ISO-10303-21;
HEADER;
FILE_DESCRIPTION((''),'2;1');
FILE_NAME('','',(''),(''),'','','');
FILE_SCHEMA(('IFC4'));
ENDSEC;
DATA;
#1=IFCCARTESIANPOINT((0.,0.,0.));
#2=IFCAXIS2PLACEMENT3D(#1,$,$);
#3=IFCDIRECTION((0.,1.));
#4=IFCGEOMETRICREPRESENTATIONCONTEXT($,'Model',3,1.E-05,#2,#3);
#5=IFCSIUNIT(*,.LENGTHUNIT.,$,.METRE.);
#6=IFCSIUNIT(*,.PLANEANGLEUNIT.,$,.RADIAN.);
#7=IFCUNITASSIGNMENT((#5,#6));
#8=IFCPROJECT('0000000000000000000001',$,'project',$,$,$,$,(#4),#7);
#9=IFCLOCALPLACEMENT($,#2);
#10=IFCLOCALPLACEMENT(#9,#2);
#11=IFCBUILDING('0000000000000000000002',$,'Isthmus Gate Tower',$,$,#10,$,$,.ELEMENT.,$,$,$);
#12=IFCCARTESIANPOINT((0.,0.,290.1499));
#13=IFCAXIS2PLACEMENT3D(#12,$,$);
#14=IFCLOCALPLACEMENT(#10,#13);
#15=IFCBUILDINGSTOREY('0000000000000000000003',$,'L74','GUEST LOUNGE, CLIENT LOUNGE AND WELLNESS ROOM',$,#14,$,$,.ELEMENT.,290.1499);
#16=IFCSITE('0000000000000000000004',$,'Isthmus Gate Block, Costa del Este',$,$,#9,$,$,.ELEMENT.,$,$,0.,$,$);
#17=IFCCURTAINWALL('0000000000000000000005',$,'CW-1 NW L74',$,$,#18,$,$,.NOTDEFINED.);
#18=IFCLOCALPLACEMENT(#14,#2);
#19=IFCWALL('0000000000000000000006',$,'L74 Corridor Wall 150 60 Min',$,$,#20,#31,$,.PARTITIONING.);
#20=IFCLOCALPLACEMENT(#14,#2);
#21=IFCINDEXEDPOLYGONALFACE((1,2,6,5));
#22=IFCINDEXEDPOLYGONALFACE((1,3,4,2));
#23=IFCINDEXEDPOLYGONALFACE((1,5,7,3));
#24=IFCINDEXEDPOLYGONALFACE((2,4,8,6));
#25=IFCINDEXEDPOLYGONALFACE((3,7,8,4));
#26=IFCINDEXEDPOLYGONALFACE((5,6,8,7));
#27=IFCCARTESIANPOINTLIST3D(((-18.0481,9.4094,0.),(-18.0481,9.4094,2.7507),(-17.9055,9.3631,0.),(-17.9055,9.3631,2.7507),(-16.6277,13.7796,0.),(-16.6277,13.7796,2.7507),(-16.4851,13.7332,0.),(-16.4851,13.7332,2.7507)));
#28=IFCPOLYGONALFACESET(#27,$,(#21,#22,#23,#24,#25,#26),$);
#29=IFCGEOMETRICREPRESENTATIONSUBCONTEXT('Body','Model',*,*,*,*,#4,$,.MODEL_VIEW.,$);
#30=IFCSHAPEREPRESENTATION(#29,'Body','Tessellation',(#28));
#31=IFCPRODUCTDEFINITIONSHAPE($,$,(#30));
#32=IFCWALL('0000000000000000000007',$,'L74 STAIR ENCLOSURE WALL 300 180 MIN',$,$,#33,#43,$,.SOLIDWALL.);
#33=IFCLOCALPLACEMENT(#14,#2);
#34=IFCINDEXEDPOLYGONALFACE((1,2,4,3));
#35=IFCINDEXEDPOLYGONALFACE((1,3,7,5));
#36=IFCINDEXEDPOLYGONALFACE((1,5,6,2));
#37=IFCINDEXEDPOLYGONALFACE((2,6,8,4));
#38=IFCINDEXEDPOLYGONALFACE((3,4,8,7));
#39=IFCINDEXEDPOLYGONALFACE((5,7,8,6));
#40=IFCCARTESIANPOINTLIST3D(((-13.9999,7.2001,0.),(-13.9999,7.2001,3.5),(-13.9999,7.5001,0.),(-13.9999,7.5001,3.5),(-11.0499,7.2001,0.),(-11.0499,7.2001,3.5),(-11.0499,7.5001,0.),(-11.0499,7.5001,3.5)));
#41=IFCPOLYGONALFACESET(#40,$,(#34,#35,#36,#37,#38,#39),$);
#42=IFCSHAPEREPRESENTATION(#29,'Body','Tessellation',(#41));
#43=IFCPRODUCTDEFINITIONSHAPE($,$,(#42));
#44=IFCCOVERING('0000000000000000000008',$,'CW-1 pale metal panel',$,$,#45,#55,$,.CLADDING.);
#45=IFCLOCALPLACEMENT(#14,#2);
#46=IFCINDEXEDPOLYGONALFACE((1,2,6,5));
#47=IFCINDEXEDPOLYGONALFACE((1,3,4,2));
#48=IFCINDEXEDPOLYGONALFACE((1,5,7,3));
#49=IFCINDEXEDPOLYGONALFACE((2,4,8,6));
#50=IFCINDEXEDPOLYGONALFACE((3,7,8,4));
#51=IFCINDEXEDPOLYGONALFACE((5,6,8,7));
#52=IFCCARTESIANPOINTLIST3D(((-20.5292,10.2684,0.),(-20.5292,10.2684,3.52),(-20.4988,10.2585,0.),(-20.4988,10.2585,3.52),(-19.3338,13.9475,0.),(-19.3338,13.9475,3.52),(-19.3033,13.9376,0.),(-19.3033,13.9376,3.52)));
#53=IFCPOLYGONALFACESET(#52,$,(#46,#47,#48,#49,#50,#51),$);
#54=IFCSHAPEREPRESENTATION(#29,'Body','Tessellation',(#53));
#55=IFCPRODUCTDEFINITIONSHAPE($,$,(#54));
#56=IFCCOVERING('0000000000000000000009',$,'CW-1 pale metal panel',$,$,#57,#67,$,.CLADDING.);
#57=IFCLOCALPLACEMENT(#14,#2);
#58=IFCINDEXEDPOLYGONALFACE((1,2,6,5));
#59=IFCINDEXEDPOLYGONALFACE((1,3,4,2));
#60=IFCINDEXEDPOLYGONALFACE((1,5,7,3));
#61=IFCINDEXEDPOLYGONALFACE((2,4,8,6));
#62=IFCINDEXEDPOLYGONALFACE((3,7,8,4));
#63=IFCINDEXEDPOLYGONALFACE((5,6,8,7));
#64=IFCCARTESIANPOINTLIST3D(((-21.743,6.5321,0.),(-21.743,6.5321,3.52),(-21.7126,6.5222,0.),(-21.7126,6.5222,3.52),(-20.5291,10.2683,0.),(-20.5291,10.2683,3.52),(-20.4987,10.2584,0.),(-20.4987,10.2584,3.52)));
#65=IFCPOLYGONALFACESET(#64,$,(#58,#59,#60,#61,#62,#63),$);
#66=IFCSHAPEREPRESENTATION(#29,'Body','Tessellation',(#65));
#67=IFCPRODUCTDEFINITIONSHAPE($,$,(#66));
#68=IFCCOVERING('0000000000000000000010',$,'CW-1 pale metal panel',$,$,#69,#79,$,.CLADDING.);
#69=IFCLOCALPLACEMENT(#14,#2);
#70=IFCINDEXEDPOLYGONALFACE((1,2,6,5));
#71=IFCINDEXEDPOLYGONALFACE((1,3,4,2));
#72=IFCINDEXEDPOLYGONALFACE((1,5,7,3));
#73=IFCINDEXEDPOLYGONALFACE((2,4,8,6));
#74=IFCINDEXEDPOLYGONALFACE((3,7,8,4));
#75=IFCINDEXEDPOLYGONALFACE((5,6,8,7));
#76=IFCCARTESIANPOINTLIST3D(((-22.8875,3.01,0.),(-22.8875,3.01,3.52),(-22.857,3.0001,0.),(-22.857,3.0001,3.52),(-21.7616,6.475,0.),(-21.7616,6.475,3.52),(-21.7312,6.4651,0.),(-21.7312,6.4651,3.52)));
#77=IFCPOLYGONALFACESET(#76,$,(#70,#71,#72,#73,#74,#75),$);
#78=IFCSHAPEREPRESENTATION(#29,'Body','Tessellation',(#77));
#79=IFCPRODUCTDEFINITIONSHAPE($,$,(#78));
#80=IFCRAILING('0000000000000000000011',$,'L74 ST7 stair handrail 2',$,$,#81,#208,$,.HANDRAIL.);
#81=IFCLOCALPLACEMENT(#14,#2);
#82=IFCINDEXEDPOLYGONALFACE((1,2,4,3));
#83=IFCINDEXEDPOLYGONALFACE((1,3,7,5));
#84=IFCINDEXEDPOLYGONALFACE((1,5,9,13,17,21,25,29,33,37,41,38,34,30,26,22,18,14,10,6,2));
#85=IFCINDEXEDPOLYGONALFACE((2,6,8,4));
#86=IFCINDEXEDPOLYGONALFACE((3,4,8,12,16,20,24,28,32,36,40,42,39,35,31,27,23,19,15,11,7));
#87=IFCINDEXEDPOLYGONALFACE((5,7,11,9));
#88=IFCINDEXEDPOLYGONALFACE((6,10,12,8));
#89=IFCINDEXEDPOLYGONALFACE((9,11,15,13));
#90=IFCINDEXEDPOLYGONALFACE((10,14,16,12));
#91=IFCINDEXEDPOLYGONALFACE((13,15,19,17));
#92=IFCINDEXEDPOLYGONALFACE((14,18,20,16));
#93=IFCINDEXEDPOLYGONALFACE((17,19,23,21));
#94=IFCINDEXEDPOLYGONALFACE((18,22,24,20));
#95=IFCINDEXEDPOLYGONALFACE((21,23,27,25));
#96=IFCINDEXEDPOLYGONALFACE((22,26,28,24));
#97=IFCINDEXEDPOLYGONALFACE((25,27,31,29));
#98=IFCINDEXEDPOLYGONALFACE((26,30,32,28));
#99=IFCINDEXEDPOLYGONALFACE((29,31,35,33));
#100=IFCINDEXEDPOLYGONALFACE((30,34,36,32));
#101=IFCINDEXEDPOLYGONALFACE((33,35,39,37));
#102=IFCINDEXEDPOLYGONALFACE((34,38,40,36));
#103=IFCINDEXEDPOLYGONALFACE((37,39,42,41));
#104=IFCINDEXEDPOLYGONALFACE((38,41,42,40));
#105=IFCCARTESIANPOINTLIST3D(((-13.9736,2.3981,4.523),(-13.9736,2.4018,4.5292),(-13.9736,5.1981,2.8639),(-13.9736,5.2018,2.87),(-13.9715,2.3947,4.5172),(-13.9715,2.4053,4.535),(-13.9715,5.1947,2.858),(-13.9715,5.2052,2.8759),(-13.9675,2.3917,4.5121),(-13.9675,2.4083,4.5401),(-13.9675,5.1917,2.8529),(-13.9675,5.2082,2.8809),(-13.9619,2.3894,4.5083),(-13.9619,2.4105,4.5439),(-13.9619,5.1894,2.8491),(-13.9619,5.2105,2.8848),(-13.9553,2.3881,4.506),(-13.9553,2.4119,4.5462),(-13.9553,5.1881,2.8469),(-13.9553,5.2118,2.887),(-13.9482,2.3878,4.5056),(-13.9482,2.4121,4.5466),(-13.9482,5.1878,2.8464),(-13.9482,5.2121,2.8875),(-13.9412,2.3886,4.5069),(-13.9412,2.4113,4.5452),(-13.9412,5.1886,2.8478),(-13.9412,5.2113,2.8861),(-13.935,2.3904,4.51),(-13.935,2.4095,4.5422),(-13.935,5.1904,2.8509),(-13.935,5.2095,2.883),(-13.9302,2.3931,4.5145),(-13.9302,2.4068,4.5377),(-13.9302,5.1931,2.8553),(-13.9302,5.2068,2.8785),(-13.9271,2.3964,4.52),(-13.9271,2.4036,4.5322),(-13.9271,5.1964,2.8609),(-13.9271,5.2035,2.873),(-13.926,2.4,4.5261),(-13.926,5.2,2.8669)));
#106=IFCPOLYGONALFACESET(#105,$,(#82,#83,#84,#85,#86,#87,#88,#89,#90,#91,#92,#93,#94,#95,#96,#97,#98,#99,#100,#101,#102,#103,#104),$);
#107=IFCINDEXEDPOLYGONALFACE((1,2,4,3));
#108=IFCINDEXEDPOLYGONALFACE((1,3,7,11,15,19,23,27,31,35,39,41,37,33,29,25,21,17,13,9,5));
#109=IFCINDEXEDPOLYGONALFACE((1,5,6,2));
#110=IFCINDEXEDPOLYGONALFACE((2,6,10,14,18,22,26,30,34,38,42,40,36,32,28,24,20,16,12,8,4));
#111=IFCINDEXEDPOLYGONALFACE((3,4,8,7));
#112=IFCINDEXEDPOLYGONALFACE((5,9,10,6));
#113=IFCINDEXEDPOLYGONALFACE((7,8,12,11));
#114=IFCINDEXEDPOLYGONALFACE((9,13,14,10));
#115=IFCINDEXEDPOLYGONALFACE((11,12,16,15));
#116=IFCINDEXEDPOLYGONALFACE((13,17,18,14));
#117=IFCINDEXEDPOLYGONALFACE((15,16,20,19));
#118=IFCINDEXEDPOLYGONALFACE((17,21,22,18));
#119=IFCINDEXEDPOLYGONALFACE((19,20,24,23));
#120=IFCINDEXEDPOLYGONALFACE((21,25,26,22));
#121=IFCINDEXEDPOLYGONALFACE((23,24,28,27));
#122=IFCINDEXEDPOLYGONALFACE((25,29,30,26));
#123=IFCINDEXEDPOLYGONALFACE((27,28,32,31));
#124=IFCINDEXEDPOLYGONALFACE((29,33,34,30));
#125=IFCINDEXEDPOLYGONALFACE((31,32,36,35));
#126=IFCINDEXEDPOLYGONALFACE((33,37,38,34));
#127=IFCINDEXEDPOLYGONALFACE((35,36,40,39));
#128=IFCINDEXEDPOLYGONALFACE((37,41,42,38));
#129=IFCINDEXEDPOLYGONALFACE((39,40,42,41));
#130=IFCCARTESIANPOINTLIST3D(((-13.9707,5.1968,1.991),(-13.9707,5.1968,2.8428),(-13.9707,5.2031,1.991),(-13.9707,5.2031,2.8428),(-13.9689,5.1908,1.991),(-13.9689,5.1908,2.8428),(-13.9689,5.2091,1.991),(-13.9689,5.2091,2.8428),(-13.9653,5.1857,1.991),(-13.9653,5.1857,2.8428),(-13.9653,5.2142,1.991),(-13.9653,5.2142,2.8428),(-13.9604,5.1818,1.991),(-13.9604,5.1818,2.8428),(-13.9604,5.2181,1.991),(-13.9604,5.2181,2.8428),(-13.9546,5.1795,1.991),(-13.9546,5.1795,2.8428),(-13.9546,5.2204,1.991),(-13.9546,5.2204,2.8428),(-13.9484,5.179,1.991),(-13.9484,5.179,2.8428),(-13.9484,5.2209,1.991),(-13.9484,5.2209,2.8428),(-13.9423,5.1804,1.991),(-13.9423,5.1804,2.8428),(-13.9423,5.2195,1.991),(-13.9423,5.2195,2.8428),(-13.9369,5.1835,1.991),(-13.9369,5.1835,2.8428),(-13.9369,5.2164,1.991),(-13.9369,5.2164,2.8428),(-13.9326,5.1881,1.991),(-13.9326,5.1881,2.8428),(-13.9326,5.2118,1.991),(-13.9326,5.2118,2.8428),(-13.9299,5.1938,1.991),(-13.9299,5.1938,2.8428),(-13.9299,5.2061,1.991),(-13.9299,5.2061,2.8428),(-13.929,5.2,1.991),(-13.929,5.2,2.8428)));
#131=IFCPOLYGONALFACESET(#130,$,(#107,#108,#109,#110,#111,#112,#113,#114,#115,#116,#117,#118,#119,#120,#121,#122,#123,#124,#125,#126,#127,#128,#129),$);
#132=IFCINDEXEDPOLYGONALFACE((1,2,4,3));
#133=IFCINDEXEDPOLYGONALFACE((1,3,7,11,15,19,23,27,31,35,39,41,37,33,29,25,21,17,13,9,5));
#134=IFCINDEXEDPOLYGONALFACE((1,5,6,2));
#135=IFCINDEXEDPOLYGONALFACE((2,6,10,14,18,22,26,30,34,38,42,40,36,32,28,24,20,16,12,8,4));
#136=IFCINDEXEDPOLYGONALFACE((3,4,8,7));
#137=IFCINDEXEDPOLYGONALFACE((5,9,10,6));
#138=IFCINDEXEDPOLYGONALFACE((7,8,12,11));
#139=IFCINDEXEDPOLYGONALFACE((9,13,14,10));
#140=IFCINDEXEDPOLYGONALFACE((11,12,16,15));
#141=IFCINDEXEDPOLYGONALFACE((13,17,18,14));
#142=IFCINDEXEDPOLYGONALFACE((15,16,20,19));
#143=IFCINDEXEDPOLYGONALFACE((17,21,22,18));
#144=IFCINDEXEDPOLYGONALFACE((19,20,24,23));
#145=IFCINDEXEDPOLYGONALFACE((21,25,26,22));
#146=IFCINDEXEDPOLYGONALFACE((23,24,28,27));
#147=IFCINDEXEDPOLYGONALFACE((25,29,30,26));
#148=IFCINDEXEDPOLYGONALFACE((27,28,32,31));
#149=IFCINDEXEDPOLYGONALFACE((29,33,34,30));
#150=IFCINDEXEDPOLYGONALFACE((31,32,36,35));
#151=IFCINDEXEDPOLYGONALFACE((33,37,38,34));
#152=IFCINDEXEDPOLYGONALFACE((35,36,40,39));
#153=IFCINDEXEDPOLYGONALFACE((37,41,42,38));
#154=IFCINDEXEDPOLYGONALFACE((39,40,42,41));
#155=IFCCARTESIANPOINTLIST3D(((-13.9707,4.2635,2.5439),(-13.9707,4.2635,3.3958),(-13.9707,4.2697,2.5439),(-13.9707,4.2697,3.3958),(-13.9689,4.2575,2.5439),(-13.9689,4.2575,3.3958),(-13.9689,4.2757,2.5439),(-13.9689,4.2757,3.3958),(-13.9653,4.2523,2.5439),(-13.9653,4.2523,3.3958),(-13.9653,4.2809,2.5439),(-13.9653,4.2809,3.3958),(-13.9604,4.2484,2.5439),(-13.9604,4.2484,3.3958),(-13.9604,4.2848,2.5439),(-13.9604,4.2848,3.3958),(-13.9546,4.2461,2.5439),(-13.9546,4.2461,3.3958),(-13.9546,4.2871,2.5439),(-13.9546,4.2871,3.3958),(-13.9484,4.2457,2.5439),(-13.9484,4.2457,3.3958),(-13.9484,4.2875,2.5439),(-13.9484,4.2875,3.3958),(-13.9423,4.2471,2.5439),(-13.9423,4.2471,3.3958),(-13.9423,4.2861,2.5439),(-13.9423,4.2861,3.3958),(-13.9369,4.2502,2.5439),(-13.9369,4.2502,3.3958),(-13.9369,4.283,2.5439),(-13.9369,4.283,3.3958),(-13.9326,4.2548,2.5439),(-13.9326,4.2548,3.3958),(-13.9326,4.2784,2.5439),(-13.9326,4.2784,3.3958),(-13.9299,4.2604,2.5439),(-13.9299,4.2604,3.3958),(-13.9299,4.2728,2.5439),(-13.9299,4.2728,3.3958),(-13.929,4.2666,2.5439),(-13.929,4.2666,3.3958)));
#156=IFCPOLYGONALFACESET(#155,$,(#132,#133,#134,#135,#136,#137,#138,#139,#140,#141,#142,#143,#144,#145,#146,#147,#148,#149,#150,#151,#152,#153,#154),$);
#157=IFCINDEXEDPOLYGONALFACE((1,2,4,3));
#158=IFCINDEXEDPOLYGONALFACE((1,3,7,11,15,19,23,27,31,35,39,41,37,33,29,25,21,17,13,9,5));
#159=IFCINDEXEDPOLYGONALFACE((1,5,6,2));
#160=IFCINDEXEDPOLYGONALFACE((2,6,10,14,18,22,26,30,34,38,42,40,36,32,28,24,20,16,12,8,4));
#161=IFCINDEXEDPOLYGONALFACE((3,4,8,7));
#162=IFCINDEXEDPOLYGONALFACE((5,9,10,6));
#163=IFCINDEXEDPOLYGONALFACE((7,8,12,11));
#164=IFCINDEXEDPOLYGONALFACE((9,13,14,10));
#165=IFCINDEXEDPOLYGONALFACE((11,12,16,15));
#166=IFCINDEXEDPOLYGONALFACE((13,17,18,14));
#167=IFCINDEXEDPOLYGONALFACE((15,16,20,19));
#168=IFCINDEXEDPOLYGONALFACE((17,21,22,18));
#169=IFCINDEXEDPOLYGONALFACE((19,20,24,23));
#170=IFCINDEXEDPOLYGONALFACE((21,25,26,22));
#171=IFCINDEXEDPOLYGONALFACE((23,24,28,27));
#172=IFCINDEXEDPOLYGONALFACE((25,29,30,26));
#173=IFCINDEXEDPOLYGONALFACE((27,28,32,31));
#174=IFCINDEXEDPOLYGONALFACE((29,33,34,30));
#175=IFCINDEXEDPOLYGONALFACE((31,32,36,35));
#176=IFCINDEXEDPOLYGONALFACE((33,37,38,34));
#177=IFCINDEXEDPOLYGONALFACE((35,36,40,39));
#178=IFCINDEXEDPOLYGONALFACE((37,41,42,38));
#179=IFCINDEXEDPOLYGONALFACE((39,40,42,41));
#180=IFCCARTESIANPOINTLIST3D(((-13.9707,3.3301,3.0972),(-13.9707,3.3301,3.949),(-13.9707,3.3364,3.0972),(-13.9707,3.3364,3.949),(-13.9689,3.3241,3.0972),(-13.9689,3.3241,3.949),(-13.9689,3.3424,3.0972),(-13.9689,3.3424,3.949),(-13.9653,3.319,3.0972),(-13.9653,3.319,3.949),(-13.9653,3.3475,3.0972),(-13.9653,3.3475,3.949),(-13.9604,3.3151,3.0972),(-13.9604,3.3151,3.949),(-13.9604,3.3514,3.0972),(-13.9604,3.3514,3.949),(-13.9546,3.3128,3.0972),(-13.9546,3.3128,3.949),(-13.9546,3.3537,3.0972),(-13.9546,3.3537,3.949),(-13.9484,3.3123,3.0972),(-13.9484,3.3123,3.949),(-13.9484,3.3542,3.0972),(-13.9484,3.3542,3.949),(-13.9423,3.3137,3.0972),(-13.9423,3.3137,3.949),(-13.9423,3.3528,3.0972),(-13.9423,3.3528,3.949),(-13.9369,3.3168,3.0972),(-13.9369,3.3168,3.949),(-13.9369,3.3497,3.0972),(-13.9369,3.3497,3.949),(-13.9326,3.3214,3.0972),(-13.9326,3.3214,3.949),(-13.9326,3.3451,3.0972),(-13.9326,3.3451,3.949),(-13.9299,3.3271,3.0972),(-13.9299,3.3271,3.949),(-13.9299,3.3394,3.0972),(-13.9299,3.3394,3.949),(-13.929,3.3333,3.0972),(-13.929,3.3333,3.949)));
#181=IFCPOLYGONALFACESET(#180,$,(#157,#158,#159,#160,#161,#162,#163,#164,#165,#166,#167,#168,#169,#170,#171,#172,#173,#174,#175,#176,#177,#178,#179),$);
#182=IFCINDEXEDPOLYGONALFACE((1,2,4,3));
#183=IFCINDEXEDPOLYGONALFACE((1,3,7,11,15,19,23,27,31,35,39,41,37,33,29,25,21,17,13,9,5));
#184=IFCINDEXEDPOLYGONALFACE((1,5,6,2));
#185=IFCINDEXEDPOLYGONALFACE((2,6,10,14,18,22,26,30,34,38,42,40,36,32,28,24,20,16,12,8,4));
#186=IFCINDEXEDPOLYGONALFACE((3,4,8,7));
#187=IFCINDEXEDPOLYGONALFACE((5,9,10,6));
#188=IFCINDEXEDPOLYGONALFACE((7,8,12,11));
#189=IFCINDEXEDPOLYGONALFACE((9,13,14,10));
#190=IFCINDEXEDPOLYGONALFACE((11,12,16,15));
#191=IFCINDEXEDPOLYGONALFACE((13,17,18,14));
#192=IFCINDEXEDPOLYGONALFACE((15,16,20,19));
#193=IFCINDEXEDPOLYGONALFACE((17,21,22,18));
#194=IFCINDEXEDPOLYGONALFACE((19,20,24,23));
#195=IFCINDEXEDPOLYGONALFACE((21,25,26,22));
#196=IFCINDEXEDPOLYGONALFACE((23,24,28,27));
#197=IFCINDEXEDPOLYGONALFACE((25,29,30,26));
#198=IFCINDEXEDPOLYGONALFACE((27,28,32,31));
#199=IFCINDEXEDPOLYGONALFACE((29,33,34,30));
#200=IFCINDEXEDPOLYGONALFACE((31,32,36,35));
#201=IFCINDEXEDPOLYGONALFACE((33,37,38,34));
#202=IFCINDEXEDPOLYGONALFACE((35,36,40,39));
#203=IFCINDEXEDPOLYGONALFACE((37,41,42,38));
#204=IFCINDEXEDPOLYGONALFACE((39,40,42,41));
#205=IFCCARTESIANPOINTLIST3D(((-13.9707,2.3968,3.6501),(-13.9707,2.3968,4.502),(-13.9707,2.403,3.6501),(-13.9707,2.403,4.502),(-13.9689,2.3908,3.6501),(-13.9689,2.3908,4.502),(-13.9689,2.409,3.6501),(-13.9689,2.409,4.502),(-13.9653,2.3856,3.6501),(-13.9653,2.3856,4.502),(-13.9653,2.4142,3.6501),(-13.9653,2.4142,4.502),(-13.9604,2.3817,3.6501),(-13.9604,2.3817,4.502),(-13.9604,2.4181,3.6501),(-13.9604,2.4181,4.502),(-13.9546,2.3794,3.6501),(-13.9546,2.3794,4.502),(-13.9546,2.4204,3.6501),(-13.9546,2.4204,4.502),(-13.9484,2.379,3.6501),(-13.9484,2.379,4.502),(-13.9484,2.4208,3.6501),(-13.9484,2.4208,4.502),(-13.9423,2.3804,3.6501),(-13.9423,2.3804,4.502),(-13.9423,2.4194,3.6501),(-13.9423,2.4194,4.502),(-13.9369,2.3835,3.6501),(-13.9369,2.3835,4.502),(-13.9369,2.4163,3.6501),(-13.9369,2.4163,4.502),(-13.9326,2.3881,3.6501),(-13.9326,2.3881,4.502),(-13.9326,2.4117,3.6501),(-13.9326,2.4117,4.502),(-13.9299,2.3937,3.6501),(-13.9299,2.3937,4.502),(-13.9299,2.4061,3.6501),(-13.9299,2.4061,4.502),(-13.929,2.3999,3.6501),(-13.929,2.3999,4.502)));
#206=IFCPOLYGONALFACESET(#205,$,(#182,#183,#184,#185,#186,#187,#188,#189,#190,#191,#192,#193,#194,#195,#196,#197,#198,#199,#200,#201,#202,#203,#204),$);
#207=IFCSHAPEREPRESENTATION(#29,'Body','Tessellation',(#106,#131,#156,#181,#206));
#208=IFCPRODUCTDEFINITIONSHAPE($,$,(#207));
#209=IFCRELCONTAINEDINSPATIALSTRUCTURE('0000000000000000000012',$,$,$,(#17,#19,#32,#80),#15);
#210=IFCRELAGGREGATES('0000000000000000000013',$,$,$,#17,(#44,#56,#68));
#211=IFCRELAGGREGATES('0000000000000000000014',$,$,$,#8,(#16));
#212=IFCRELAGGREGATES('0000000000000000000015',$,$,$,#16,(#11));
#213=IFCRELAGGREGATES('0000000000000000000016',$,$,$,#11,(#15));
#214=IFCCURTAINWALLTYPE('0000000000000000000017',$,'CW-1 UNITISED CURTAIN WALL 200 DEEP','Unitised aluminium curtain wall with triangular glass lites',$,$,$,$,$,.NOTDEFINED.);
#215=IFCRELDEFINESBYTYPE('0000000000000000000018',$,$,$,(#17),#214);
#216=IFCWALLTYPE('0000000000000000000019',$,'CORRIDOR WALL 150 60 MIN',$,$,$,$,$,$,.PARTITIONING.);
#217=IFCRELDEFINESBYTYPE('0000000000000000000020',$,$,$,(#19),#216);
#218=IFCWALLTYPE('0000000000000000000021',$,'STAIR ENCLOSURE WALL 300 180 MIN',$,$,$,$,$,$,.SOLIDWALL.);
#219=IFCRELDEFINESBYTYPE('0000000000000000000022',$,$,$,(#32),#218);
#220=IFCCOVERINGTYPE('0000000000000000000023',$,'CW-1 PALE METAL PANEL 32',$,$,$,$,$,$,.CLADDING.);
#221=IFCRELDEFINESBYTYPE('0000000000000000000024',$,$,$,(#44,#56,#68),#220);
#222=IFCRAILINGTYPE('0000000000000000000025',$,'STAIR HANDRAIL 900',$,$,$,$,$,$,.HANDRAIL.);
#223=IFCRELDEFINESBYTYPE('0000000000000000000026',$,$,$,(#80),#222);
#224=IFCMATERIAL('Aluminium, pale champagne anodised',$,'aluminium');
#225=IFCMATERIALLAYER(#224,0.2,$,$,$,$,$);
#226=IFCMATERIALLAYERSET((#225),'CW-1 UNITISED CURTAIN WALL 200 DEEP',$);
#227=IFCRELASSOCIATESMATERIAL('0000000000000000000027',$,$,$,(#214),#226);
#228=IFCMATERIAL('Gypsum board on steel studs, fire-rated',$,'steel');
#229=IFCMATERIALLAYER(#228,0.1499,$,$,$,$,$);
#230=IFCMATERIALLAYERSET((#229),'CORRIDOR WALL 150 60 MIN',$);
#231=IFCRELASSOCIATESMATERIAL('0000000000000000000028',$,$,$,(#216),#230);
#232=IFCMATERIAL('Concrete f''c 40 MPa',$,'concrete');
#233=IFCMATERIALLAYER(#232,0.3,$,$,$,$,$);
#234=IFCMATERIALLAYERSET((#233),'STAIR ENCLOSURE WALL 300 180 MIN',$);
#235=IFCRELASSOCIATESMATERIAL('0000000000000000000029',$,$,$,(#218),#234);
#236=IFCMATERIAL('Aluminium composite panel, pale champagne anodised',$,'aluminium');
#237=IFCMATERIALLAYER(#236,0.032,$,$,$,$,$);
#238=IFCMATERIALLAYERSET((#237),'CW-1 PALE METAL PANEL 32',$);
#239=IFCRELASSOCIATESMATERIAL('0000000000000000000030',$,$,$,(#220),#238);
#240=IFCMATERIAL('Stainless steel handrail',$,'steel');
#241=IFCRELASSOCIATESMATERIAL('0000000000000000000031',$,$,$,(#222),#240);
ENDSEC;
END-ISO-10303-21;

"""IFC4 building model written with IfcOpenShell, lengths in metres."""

from ifc_helpers import new_model, si_unit, direction, frame, frame_2d, origin, origin_2d, place, context, subcontext, project, spatial, rectangle, circle, extrude, material, layer, layer_set, type_object, element, aggregate, save


model = new_model("IFC4")

# Units and contexts
model_context = context("Model", 3, precision=1e-05, world=origin(), true_north=direction((0.0, 1.0)))
body_context = subcontext(model_context, "Body", "Model", "MODEL_VIEW")
ifc_project = project(units=[si_unit("LENGTHUNIT", "METRE"), si_unit("PLANEANGLEUNIT", "RADIAN")], contexts=[model_context])

# Site, building, storey
site_placement = place(None, origin())
site = spatial("IfcSite", under=ifc_project, at=site_placement, Name="Isthmus Gate Block, Costa del Este", CompositionType="ELEMENT", RefElevation=0.0)
building_placement = place(site_placement, origin())
building = spatial("IfcBuilding", under=site, at=building_placement, Name="Isthmus Gate Tower", CompositionType="ELEMENT")
storey_placement = place(building_placement, frame((0.0, 0.0, 290.1499)))
storey = spatial("IfcBuildingStorey", under=building, at=storey_placement, Name="L74", Description="GUEST LOUNGE, CLIENT LOUNGE AND WELLNESS ROOM", CompositionType="ELEMENT", Elevation=290.1499)

# Curtain wall
ifc_material_1 = material(Name="Aluminium, pale champagne anodised", Category="aluminium")
ifc_layer_1 = layer(ifc_material_1, 0.2)
ifc_layer_set_1 = layer_set([ifc_layer_1], Name="CW-1 UNITISED CURTAIN WALL 200 DEEP")
curtain_wall_type = type_object("IfcCurtainWallType", Name="CW-1 UNITISED CURTAIN WALL 200 DEEP", Description="Unitised aluminium curtain wall with triangular glass lites", PredefinedType="NOTDEFINED", material=ifc_layer_set_1)
curtain_wall_placement = place(storey_placement, origin())
curtain_wall = element("IfcCurtainWall", 1, at=curtain_wall_placement, inside=storey, type_object=curtain_wall_type, Name="CW-1 NW L74", PredefinedType="NOTDEFINED")

# Walls
ifc_material_2 = material(Name="Gypsum board on steel studs, fire-rated", Category="steel")
ifc_layer_2 = layer(ifc_material_2, 0.1499)
ifc_layer_set_2 = layer_set([ifc_layer_2], Name="CORRIDOR WALL 150 60 MIN")
wall_type_1 = type_object("IfcWallType", Name="CORRIDOR WALL 150 60 MIN", PredefinedType="PARTITIONING", material=ifc_layer_set_2)
wall_1_placement = place(storey_placement, frame((-17.9768, 9.3862, 0.0), z_axis=(0.0, 0.0, 1.0), x_axis=(0.30911, 0.951026, 0.0)))
element("IfcWall", 2, at=wall_1_placement, inside=storey, type_object=wall_type_1, Name="L74 Corridor Wall 150 60 Min", PredefinedType="PARTITIONING", context=body_context, shape_type="SweptSolid", body=[
    extrude(rectangle(XDim=4.5952, YDim=0.1499, at=frame_2d((2.2976, 0.0))), origin(), (0.0, 0.0, 1.0), 2.7507),
])
ifc_material_3 = material(Name="Concrete f'c 40 MPa", Category="concrete")
ifc_layer_3 = layer(ifc_material_3, 0.3)
ifc_layer_set_3 = layer_set([ifc_layer_3], Name="STAIR ENCLOSURE WALL 300 180 MIN")
wall_type_2 = type_object("IfcWallType", Name="STAIR ENCLOSURE WALL 300 180 MIN", PredefinedType="SOLIDWALL", material=ifc_layer_set_3)
wall_2_placement = place(storey_placement, frame((-14.0, 7.3501, 0.0), z_axis=(0.0, 0.0, 1.0), x_axis=(1.0, 0.0, 0.0)))
element("IfcWall", 3, at=wall_2_placement, inside=storey, type_object=wall_type_2, Name="L74 STAIR ENCLOSURE WALL 300 180 MIN", PredefinedType="SOLIDWALL", context=body_context, shape_type="SweptSolid", body=[
    extrude(rectangle(XDim=2.95, YDim=0.3, at=frame_2d((1.4751, 0.0))), origin(), (0.0, 0.0, 1.0), 3.5),
])

# Coverings
ifc_material_4 = material(Name="Aluminium composite panel, pale champagne anodised", Category="aluminium")
ifc_layer_4 = layer(ifc_material_4, 0.032)
ifc_layer_set_4 = layer_set([ifc_layer_4], Name="CW-1 PALE METAL PANEL 32")
covering_type = type_object("IfcCoveringType", Name="CW-1 PALE METAL PANEL 32", PredefinedType="CLADDING", material=ifc_layer_set_4)
covering_1_placement = place(storey_placement, frame((-19.9163, 12.103, 0.0), z_axis=(0.0, 0.0, 1.0), x_axis=(-0.309017, -0.951057, 0.0)))
covering_1 = element("IfcCovering", 4, at=covering_1_placement, type_object=covering_type, Name="CW-1 pale metal panel", PredefinedType="CLADDING", context=body_context, shape_type="SweptSolid", body=[
    extrude(rectangle(XDim=3.8684, YDim=0.032, at=origin_2d()), origin(), (0.0, 0.0, 1.0), 3.52),
])
covering_2_placement = place(storey_placement, frame((-21.1208, 8.3953, 0.0), z_axis=(0.0, 0.0, 1.0), x_axis=(-0.309017, -0.951057, 0.0)))
covering_2 = element("IfcCovering", 5, at=covering_2_placement, type_object=covering_type, Name="CW-1 pale metal panel", PredefinedType="CLADDING", context=body_context, shape_type="SweptSolid", body=[
    extrude(rectangle(XDim=3.9285, YDim=0.032, at=origin_2d()), origin(), (0.0, 0.0, 1.0), 3.52),
])
covering_3_placement = place(storey_placement, frame((-22.3093, 4.7375, 0.0), z_axis=(0.0, 0.0, 1.0), x_axis=(-0.309017, -0.951057, 0.0)))
covering_3 = element("IfcCovering", 6, at=covering_3_placement, type_object=covering_type, Name="CW-1 pale metal panel", PredefinedType="CLADDING", context=body_context, shape_type="SweptSolid", body=[
    extrude(rectangle(XDim=3.6433, YDim=0.032, at=origin_2d()), origin(), (0.0, 0.0, 1.0), 3.52),
])
aggregate(curtain_wall, [covering_1, covering_2, covering_3])

# Railing
ifc_material_5 = material(Name="Stainless steel handrail", Category="steel")
railing_type = type_object("IfcRailingType", Name="STAIR HANDRAIL 900", PredefinedType="HANDRAIL", material=ifc_material_5)
railing_placement = place(storey_placement, frame((-13.95, 5.2, 1.991)))
element("IfcRailing", 7, at=railing_placement, inside=storey, type_object=railing_type, Name="L74 ST7 stair handrail 2", PredefinedType="HANDRAIL", context=body_context, shape_type="SweptSolid", body=[
    extrude(circle(Radius=0.0239, at=origin_2d()), frame((0.0, 0.0, 0.876), z_axis=(0.0, -0.860306, 0.509778), x_axis=(1.0, 0.0, 0.0)), (0.0, 0.0, 1.0), 3.2546),
    extrude(circle(Radius=0.021, at=origin_2d()), origin(), (0.0, 0.0, 1.0), 0.8518),
    extrude(circle(Radius=0.021, at=origin_2d()), frame((0.0, -0.9333, 0.553)), (0.0, 0.0, 1.0), 0.8518),
    extrude(circle(Radius=0.021, at=origin_2d()), frame((0.0, -1.8667, 1.1062)), (0.0, 0.0, 1.0), 0.8518),
    extrude(circle(Radius=0.021, at=origin_2d()), frame((0.0, -2.8, 1.6592)), (0.0, 0.0, 1.0), 0.8518),
])

save(model, "model.ifc")
